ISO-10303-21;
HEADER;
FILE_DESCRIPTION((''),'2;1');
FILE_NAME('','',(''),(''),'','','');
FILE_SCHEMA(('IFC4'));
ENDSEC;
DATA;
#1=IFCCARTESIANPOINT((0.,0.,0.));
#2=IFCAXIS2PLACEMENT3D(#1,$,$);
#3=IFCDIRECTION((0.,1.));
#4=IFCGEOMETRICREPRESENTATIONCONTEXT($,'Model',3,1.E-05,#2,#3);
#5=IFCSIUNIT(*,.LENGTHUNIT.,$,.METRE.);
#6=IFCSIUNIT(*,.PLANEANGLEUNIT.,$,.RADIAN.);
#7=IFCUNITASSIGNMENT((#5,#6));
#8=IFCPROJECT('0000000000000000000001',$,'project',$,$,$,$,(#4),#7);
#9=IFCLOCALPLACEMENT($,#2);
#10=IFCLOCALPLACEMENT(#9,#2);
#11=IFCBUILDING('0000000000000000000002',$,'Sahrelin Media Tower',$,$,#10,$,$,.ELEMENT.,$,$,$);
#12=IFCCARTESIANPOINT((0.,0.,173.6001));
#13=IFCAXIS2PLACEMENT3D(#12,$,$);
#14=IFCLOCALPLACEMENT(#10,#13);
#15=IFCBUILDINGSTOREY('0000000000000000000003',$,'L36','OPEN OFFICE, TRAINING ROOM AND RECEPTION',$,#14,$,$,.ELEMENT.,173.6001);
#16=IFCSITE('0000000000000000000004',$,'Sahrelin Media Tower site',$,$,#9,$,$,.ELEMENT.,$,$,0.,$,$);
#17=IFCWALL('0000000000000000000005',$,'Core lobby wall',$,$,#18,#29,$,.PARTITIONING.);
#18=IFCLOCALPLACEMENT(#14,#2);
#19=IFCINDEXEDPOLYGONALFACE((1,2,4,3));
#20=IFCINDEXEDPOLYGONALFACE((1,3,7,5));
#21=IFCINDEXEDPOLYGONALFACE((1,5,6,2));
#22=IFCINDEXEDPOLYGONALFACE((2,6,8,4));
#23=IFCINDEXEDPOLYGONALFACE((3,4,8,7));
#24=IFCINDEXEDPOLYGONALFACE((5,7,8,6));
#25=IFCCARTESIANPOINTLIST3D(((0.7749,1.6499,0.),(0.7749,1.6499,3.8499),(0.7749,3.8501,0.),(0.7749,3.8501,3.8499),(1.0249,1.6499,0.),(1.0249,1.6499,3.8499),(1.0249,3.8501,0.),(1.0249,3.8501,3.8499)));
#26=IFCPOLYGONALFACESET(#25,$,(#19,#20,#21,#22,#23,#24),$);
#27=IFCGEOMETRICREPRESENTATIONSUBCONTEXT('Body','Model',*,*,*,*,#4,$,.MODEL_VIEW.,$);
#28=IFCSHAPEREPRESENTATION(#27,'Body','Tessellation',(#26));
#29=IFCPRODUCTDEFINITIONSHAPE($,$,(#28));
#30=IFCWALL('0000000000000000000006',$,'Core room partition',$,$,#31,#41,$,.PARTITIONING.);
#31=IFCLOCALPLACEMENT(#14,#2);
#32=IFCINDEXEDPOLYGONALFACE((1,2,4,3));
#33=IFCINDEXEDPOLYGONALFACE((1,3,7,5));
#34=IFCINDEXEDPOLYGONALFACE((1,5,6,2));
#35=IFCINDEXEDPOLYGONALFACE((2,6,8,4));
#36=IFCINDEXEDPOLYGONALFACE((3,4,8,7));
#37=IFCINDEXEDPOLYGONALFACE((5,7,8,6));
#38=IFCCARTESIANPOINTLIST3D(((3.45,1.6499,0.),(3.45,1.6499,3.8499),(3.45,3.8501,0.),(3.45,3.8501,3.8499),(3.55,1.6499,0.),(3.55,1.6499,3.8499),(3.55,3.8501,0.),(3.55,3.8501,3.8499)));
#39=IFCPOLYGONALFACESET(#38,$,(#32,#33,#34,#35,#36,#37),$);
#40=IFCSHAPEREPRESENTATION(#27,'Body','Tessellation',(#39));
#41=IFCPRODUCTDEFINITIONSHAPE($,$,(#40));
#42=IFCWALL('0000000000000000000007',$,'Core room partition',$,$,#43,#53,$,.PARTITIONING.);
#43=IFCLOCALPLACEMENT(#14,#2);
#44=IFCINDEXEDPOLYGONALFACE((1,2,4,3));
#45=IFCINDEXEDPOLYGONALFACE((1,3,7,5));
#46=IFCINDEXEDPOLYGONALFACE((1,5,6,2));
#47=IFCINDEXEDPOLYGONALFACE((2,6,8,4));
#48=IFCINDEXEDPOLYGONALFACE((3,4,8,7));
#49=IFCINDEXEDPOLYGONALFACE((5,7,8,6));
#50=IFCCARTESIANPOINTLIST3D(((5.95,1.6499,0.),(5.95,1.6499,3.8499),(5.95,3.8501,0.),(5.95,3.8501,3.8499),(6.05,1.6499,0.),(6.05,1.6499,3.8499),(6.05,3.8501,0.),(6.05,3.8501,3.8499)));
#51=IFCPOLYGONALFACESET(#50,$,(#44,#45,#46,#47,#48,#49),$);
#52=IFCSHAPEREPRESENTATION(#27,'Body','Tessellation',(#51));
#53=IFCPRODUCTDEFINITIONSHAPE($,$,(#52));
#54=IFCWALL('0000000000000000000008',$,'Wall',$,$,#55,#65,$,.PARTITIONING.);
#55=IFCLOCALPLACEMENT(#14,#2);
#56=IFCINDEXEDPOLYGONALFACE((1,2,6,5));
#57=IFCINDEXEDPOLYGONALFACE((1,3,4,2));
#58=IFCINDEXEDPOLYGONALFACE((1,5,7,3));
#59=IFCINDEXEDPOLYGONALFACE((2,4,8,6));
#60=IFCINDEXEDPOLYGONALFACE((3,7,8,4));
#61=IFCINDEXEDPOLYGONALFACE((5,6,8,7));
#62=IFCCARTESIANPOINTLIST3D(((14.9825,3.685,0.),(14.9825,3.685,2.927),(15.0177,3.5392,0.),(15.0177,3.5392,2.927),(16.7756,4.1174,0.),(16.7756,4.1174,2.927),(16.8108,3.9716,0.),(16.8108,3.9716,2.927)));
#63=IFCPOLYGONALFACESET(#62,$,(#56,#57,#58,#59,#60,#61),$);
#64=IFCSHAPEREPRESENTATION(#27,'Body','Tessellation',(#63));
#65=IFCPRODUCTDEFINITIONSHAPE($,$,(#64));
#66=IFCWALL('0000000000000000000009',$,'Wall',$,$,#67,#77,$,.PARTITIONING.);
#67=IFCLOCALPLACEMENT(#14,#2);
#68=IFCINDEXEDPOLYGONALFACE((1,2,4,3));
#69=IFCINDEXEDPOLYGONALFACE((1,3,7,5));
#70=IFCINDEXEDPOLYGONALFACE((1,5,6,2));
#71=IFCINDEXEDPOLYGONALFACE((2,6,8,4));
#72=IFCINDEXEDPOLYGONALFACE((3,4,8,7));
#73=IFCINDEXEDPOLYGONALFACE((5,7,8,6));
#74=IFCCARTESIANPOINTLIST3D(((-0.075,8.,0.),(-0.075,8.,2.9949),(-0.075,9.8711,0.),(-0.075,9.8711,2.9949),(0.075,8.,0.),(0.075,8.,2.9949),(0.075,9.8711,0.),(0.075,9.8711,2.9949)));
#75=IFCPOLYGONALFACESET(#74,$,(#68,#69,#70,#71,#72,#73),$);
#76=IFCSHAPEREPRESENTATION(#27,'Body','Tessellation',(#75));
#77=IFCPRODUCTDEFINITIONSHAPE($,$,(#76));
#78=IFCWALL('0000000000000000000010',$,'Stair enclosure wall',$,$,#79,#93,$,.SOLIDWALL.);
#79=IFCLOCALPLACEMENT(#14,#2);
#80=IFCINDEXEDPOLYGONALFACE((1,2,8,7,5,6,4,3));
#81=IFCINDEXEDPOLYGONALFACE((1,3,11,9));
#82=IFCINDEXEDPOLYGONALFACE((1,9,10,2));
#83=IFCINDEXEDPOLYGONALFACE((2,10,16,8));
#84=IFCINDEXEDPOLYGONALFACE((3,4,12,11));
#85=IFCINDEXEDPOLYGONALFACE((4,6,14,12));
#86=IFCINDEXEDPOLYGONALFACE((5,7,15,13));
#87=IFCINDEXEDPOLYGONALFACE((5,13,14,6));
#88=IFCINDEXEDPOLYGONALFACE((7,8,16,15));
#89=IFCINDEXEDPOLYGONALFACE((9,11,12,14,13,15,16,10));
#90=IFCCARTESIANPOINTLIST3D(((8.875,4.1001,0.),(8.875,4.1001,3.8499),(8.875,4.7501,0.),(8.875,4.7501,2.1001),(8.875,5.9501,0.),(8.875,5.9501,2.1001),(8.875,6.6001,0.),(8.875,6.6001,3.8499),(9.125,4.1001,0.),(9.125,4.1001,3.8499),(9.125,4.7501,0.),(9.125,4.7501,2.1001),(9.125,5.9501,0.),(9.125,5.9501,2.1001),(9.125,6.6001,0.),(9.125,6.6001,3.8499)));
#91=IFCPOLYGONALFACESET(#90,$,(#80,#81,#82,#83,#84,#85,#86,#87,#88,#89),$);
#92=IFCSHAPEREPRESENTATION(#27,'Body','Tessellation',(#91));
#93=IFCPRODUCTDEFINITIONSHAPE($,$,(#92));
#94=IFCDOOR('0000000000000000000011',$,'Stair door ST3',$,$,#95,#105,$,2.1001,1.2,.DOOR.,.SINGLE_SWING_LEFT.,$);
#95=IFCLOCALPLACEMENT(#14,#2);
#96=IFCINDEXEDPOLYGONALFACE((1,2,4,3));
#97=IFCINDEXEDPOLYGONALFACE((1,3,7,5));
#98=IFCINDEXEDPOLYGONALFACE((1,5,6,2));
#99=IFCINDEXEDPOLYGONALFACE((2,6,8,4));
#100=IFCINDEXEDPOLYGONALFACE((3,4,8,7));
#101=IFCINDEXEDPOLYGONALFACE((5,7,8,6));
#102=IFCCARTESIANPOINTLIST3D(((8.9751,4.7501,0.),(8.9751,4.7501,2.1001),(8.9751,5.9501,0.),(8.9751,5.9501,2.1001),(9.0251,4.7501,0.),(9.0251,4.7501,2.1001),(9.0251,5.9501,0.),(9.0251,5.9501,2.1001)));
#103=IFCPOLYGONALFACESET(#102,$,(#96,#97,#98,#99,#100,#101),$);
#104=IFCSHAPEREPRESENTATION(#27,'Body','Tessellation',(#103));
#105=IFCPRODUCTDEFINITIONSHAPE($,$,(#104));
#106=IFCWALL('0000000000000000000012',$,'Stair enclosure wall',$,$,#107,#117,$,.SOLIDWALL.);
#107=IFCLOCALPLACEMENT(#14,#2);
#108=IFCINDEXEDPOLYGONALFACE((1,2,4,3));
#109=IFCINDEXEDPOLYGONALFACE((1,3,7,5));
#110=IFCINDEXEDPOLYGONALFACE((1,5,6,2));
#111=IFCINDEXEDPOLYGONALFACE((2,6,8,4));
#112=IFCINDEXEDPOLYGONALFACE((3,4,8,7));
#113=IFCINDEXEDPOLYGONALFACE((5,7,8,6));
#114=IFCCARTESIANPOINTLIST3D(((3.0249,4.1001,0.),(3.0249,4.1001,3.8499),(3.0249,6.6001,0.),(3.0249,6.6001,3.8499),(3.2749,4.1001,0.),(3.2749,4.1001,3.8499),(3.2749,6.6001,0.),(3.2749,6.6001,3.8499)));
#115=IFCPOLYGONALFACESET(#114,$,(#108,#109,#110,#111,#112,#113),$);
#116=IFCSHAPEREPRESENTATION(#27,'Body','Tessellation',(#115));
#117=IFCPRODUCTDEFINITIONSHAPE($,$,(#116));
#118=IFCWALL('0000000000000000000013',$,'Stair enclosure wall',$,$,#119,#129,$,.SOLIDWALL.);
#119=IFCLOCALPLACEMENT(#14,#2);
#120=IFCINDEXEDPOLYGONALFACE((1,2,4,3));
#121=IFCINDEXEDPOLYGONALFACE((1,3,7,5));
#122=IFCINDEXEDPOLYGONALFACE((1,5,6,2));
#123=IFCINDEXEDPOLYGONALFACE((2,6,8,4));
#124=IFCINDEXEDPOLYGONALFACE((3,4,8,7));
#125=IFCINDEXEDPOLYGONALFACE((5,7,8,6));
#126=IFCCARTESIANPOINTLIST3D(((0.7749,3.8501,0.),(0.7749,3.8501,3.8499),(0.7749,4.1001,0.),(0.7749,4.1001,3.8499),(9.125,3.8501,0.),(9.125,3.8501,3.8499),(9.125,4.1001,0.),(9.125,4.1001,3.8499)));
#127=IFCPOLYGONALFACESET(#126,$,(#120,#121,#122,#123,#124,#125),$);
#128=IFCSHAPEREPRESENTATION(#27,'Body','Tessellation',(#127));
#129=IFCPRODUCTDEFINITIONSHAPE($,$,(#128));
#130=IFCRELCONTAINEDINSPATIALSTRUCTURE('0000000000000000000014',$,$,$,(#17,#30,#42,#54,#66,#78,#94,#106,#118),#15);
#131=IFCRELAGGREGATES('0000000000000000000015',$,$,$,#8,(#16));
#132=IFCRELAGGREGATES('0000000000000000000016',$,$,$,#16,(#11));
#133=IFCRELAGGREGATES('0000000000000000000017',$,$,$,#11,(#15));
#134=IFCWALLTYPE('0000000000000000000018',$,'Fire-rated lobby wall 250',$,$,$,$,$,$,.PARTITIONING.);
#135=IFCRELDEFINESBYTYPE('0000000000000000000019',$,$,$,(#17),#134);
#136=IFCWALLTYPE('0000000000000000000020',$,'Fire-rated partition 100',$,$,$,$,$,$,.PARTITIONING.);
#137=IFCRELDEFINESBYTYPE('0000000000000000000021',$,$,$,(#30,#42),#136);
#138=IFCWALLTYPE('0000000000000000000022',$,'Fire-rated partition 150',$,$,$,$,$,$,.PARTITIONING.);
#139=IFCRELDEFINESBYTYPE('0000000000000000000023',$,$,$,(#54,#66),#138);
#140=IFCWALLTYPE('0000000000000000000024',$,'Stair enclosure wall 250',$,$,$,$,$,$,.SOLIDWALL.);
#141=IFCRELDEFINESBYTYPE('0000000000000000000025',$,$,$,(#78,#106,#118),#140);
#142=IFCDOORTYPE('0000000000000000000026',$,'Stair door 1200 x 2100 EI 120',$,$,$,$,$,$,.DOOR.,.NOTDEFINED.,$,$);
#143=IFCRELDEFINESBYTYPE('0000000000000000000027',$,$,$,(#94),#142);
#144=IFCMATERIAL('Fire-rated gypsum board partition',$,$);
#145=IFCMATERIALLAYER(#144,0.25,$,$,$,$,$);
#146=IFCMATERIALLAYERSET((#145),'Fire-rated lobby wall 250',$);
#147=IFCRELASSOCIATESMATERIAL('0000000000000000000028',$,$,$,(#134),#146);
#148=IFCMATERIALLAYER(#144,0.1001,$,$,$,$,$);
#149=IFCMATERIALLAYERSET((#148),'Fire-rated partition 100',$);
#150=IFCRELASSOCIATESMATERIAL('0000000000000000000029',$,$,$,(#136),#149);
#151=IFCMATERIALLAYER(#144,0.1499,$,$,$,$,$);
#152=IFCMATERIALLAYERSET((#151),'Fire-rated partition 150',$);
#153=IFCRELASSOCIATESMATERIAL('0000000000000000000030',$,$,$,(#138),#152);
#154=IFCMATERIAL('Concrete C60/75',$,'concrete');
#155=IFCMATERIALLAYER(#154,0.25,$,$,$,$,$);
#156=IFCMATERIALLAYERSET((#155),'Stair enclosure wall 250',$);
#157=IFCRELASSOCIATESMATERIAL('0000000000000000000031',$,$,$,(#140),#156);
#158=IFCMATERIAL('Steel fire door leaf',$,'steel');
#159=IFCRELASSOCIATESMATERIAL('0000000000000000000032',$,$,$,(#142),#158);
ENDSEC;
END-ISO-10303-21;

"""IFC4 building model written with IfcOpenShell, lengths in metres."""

from ifc_helpers import new_model, si_unit, direction, frame, frame_2d, origin, place, context, subcontext, project, spatial, rectangle, extrude, material, layer, layer_set, type_object, element, fill, save


model = new_model("IFC4")

# Units and contexts
model_context = context("Model", 3, precision=1e-05, world=origin(), true_north=direction((0.0, 1.0)))
body_context = subcontext(model_context, "Body", "Model", "MODEL_VIEW")
ifc_project = project(units=[si_unit("LENGTHUNIT", "METRE"), si_unit("PLANEANGLEUNIT", "RADIAN")], contexts=[model_context])

# Site, building, storey
site_placement = place(None, origin())
site = spatial("IfcSite", under=ifc_project, at=site_placement, Name="Sahrelin Media Tower site", CompositionType="ELEMENT", RefElevation=0.0)
building_placement = place(site_placement, origin())
building = spatial("IfcBuilding", under=site, at=building_placement, Name="Sahrelin Media Tower", CompositionType="ELEMENT")
storey_placement = place(building_placement, frame((0.0, 0.0, 173.6001)))
storey = spatial("IfcBuildingStorey", under=building, at=storey_placement, Name="L36", Description="OPEN OFFICE, TRAINING ROOM AND RECEPTION", CompositionType="ELEMENT", Elevation=173.6001)

# Shared definitions
ifc_material_1 = material(Name="Fire-rated gypsum board partition")
ifc_layer_1 = layer(ifc_material_1, 0.25)
ifc_layer_set_1 = layer_set([ifc_layer_1], Name="Fire-rated lobby wall 250")
wall_type_1 = type_object("IfcWallType", Name="Fire-rated lobby wall 250", PredefinedType="PARTITIONING", material=ifc_layer_set_1)
ifc_material_2 = material(Name="Steel fire door leaf", Category="steel")

# Walls
for number, where, z_axis, x_axis, name in (
    (1, (0.8999, 1.6499, 0.0), (0.0, 0.0, 1.0), (0.0, 1.0, 0.0), "Core lobby wall"),
):
    element("IfcWall", number, at=place(storey_placement, frame(where, z_axis=z_axis, x_axis=x_axis)), inside=storey, type_object=wall_type_1, Name=name, PredefinedType="PARTITIONING", context=body_context, shape_type="SweptSolid", body=[
        extrude(rectangle(XDim=2.2002, YDim=0.25, at=frame_2d((1.1001, 0.0))), origin(), (0.0, 0.0, 1.0), 3.8499),
    ])
ifc_layer_2 = layer(ifc_material_1, 0.1001)
ifc_layer_set_2 = layer_set([ifc_layer_2], Name="Fire-rated partition 100")
wall_type_2 = type_object("IfcWallType", Name="Fire-rated partition 100", PredefinedType="PARTITIONING", material=ifc_layer_set_2)
for number, where, z_axis, x_axis, name in (
    (2, (3.5, 1.6499, 0.0), (0.0, 0.0, 1.0), (0.0, 1.0, 0.0), "Core room partition"),
    (3, (6.0, 1.6499, 0.0), (0.0, 0.0, 1.0), (0.0, 1.0, 0.0), "Core room partition"),
):
    element("IfcWall", number, at=place(storey_placement, frame(where, z_axis=z_axis, x_axis=x_axis)), inside=storey, type_object=wall_type_2, Name=name, PredefinedType="PARTITIONING", context=body_context, shape_type="SweptSolid", body=[
        extrude(rectangle(XDim=2.2002, YDim=0.1001, at=frame_2d((1.1001, 0.0))), origin(), (0.0, 0.0, 1.0), 3.8499),
    ])
ifc_layer_3 = layer(ifc_material_1, 0.1499)
ifc_layer_set_3 = layer_set([ifc_layer_3], Name="Fire-rated partition 150")
wall_type_3 = type_object("IfcWallType", Name="Fire-rated partition 150", PredefinedType="PARTITIONING", material=ifc_layer_set_3)
wall_1_placement = place(storey_placement, frame((15.0, 3.6121, 0.0), z_axis=(0.0, 0.0, 1.0), x_axis=(0.972133, 0.234429, 0.0)))
element("IfcWall", 4, at=wall_1_placement, inside=storey, type_object=wall_type_3, Name="Wall", PredefinedType="PARTITIONING", context=body_context, shape_type="SweptSolid", body=[
    extrude(rectangle(XDim=1.8445, YDim=0.1499, at=frame_2d((0.9224, 0.0))), origin(), (0.0, 0.0, 1.0), 2.927),
])
wall_2_placement = place(storey_placement, frame((0.0, 8.0, 0.0), z_axis=(0.0, 0.0, 1.0), x_axis=(0.0, 1.0, 0.0)))
element("IfcWall", 5, at=wall_2_placement, inside=storey, type_object=wall_type_3, Name="Wall", PredefinedType="PARTITIONING", context=body_context, shape_type="SweptSolid", body=[
    extrude(rectangle(XDim=1.8711, YDim=0.1499, at=frame_2d((0.9355, 0.0))), origin(), (0.0, 0.0, 1.0), 2.9949),
])

# Wall, opening, door
ifc_material_3 = material(Name="Concrete C60/75", Category="concrete")
ifc_layer_4 = layer(ifc_material_3, 0.25)
ifc_layer_set_4 = layer_set([ifc_layer_4], Name="Stair enclosure wall 250")
wall_type_4 = type_object("IfcWallType", Name="Stair enclosure wall 250", PredefinedType="SOLIDWALL", material=ifc_layer_set_4)
wall_3_placement = place(storey_placement, frame((9.0, 4.1001, 0.0), z_axis=(0.0, 0.0, 1.0), x_axis=(0.0, 1.0, 0.0)))
wall_3 = element("IfcWall", 6, at=wall_3_placement, inside=storey, type_object=wall_type_4, Name="Stair enclosure wall", PredefinedType="SOLIDWALL", context=body_context, shape_type="SweptSolid", body=[
    extrude(rectangle(XDim=2.5, YDim=0.25, at=frame_2d((1.25, 0.0))), origin(), (0.0, 0.0, 1.0), 3.8499),
])
opening_1_placement = place(wall_3_placement, frame((0.6499, 0.0, 0.0)))
opening_1 = element("IfcOpeningElement", 7, at=opening_1_placement, cuts=wall_3, PredefinedType="OPENING", context=body_context, shape_type="SweptSolid", body=[
    extrude(rectangle(XDim=1.2, YDim=2.1001, at=frame_2d((0.6001, 1.05))), frame((0.0, 0.125, 0.0), z_axis=(0.0, -1.0, 0.0), x_axis=(1.0, 0.0, 0.0)), (0.0, 0.0, 1.0), 0.25),
])
door_type_1 = type_object("IfcDoorType", Name="Stair door 1200 x 2100 EI 120", OperationType="NOTDEFINED", PredefinedType="DOOR", material=ifc_material_2)
door_1_placement = place(opening_1_placement, origin())
door_1 = element("IfcDoor", 8, at=door_1_placement, inside=storey, type_object=door_type_1, Name="Stair door ST3", OperationType="SINGLE_SWING_LEFT", OverallHeight=2.1001, OverallWidth=1.2, PredefinedType="DOOR", context=body_context, shape_type="SweptSolid", body=[
    extrude(rectangle(XDim=1.2, YDim=2.1001, at=frame_2d((0.6001, 1.05))), frame((0.0, 0.0249, 0.0), z_axis=(0.0, -1.0, 0.0), x_axis=(1.0, 0.0, 0.0)), (0.0, 0.0, 1.0), 0.05),
])
fill(opening_1, door_1)

# Walls
wall_4_placement = place(storey_placement, frame((3.1499, 4.1001, 0.0), z_axis=(0.0, 0.0, 1.0), x_axis=(0.0, 1.0, 0.0)))
element("IfcWall", 9, at=wall_4_placement, inside=storey, type_object=wall_type_4, Name="Stair enclosure wall", PredefinedType="SOLIDWALL", context=body_context, shape_type="SweptSolid", body=[
    extrude(rectangle(XDim=2.5, YDim=0.25, at=frame_2d((1.25, 0.0))), origin(), (0.0, 0.0, 1.0), 3.8499),
])
wall_5_placement = place(storey_placement, frame((0.7749, 3.9751, 0.0), z_axis=(0.0, 0.0, 1.0), x_axis=(1.0, 0.0, 0.0)))
element("IfcWall", 10, at=wall_5_placement, inside=storey, type_object=wall_type_4, Name="Stair enclosure wall", PredefinedType="SOLIDWALL", context=body_context, shape_type="SweptSolid", body=[
    extrude(rectangle(XDim=8.3501, YDim=0.25, at=frame_2d((4.175, 0.0))), origin(), (0.0, 0.0, 1.0), 3.8499),
])

save(model, "model.ifc")
